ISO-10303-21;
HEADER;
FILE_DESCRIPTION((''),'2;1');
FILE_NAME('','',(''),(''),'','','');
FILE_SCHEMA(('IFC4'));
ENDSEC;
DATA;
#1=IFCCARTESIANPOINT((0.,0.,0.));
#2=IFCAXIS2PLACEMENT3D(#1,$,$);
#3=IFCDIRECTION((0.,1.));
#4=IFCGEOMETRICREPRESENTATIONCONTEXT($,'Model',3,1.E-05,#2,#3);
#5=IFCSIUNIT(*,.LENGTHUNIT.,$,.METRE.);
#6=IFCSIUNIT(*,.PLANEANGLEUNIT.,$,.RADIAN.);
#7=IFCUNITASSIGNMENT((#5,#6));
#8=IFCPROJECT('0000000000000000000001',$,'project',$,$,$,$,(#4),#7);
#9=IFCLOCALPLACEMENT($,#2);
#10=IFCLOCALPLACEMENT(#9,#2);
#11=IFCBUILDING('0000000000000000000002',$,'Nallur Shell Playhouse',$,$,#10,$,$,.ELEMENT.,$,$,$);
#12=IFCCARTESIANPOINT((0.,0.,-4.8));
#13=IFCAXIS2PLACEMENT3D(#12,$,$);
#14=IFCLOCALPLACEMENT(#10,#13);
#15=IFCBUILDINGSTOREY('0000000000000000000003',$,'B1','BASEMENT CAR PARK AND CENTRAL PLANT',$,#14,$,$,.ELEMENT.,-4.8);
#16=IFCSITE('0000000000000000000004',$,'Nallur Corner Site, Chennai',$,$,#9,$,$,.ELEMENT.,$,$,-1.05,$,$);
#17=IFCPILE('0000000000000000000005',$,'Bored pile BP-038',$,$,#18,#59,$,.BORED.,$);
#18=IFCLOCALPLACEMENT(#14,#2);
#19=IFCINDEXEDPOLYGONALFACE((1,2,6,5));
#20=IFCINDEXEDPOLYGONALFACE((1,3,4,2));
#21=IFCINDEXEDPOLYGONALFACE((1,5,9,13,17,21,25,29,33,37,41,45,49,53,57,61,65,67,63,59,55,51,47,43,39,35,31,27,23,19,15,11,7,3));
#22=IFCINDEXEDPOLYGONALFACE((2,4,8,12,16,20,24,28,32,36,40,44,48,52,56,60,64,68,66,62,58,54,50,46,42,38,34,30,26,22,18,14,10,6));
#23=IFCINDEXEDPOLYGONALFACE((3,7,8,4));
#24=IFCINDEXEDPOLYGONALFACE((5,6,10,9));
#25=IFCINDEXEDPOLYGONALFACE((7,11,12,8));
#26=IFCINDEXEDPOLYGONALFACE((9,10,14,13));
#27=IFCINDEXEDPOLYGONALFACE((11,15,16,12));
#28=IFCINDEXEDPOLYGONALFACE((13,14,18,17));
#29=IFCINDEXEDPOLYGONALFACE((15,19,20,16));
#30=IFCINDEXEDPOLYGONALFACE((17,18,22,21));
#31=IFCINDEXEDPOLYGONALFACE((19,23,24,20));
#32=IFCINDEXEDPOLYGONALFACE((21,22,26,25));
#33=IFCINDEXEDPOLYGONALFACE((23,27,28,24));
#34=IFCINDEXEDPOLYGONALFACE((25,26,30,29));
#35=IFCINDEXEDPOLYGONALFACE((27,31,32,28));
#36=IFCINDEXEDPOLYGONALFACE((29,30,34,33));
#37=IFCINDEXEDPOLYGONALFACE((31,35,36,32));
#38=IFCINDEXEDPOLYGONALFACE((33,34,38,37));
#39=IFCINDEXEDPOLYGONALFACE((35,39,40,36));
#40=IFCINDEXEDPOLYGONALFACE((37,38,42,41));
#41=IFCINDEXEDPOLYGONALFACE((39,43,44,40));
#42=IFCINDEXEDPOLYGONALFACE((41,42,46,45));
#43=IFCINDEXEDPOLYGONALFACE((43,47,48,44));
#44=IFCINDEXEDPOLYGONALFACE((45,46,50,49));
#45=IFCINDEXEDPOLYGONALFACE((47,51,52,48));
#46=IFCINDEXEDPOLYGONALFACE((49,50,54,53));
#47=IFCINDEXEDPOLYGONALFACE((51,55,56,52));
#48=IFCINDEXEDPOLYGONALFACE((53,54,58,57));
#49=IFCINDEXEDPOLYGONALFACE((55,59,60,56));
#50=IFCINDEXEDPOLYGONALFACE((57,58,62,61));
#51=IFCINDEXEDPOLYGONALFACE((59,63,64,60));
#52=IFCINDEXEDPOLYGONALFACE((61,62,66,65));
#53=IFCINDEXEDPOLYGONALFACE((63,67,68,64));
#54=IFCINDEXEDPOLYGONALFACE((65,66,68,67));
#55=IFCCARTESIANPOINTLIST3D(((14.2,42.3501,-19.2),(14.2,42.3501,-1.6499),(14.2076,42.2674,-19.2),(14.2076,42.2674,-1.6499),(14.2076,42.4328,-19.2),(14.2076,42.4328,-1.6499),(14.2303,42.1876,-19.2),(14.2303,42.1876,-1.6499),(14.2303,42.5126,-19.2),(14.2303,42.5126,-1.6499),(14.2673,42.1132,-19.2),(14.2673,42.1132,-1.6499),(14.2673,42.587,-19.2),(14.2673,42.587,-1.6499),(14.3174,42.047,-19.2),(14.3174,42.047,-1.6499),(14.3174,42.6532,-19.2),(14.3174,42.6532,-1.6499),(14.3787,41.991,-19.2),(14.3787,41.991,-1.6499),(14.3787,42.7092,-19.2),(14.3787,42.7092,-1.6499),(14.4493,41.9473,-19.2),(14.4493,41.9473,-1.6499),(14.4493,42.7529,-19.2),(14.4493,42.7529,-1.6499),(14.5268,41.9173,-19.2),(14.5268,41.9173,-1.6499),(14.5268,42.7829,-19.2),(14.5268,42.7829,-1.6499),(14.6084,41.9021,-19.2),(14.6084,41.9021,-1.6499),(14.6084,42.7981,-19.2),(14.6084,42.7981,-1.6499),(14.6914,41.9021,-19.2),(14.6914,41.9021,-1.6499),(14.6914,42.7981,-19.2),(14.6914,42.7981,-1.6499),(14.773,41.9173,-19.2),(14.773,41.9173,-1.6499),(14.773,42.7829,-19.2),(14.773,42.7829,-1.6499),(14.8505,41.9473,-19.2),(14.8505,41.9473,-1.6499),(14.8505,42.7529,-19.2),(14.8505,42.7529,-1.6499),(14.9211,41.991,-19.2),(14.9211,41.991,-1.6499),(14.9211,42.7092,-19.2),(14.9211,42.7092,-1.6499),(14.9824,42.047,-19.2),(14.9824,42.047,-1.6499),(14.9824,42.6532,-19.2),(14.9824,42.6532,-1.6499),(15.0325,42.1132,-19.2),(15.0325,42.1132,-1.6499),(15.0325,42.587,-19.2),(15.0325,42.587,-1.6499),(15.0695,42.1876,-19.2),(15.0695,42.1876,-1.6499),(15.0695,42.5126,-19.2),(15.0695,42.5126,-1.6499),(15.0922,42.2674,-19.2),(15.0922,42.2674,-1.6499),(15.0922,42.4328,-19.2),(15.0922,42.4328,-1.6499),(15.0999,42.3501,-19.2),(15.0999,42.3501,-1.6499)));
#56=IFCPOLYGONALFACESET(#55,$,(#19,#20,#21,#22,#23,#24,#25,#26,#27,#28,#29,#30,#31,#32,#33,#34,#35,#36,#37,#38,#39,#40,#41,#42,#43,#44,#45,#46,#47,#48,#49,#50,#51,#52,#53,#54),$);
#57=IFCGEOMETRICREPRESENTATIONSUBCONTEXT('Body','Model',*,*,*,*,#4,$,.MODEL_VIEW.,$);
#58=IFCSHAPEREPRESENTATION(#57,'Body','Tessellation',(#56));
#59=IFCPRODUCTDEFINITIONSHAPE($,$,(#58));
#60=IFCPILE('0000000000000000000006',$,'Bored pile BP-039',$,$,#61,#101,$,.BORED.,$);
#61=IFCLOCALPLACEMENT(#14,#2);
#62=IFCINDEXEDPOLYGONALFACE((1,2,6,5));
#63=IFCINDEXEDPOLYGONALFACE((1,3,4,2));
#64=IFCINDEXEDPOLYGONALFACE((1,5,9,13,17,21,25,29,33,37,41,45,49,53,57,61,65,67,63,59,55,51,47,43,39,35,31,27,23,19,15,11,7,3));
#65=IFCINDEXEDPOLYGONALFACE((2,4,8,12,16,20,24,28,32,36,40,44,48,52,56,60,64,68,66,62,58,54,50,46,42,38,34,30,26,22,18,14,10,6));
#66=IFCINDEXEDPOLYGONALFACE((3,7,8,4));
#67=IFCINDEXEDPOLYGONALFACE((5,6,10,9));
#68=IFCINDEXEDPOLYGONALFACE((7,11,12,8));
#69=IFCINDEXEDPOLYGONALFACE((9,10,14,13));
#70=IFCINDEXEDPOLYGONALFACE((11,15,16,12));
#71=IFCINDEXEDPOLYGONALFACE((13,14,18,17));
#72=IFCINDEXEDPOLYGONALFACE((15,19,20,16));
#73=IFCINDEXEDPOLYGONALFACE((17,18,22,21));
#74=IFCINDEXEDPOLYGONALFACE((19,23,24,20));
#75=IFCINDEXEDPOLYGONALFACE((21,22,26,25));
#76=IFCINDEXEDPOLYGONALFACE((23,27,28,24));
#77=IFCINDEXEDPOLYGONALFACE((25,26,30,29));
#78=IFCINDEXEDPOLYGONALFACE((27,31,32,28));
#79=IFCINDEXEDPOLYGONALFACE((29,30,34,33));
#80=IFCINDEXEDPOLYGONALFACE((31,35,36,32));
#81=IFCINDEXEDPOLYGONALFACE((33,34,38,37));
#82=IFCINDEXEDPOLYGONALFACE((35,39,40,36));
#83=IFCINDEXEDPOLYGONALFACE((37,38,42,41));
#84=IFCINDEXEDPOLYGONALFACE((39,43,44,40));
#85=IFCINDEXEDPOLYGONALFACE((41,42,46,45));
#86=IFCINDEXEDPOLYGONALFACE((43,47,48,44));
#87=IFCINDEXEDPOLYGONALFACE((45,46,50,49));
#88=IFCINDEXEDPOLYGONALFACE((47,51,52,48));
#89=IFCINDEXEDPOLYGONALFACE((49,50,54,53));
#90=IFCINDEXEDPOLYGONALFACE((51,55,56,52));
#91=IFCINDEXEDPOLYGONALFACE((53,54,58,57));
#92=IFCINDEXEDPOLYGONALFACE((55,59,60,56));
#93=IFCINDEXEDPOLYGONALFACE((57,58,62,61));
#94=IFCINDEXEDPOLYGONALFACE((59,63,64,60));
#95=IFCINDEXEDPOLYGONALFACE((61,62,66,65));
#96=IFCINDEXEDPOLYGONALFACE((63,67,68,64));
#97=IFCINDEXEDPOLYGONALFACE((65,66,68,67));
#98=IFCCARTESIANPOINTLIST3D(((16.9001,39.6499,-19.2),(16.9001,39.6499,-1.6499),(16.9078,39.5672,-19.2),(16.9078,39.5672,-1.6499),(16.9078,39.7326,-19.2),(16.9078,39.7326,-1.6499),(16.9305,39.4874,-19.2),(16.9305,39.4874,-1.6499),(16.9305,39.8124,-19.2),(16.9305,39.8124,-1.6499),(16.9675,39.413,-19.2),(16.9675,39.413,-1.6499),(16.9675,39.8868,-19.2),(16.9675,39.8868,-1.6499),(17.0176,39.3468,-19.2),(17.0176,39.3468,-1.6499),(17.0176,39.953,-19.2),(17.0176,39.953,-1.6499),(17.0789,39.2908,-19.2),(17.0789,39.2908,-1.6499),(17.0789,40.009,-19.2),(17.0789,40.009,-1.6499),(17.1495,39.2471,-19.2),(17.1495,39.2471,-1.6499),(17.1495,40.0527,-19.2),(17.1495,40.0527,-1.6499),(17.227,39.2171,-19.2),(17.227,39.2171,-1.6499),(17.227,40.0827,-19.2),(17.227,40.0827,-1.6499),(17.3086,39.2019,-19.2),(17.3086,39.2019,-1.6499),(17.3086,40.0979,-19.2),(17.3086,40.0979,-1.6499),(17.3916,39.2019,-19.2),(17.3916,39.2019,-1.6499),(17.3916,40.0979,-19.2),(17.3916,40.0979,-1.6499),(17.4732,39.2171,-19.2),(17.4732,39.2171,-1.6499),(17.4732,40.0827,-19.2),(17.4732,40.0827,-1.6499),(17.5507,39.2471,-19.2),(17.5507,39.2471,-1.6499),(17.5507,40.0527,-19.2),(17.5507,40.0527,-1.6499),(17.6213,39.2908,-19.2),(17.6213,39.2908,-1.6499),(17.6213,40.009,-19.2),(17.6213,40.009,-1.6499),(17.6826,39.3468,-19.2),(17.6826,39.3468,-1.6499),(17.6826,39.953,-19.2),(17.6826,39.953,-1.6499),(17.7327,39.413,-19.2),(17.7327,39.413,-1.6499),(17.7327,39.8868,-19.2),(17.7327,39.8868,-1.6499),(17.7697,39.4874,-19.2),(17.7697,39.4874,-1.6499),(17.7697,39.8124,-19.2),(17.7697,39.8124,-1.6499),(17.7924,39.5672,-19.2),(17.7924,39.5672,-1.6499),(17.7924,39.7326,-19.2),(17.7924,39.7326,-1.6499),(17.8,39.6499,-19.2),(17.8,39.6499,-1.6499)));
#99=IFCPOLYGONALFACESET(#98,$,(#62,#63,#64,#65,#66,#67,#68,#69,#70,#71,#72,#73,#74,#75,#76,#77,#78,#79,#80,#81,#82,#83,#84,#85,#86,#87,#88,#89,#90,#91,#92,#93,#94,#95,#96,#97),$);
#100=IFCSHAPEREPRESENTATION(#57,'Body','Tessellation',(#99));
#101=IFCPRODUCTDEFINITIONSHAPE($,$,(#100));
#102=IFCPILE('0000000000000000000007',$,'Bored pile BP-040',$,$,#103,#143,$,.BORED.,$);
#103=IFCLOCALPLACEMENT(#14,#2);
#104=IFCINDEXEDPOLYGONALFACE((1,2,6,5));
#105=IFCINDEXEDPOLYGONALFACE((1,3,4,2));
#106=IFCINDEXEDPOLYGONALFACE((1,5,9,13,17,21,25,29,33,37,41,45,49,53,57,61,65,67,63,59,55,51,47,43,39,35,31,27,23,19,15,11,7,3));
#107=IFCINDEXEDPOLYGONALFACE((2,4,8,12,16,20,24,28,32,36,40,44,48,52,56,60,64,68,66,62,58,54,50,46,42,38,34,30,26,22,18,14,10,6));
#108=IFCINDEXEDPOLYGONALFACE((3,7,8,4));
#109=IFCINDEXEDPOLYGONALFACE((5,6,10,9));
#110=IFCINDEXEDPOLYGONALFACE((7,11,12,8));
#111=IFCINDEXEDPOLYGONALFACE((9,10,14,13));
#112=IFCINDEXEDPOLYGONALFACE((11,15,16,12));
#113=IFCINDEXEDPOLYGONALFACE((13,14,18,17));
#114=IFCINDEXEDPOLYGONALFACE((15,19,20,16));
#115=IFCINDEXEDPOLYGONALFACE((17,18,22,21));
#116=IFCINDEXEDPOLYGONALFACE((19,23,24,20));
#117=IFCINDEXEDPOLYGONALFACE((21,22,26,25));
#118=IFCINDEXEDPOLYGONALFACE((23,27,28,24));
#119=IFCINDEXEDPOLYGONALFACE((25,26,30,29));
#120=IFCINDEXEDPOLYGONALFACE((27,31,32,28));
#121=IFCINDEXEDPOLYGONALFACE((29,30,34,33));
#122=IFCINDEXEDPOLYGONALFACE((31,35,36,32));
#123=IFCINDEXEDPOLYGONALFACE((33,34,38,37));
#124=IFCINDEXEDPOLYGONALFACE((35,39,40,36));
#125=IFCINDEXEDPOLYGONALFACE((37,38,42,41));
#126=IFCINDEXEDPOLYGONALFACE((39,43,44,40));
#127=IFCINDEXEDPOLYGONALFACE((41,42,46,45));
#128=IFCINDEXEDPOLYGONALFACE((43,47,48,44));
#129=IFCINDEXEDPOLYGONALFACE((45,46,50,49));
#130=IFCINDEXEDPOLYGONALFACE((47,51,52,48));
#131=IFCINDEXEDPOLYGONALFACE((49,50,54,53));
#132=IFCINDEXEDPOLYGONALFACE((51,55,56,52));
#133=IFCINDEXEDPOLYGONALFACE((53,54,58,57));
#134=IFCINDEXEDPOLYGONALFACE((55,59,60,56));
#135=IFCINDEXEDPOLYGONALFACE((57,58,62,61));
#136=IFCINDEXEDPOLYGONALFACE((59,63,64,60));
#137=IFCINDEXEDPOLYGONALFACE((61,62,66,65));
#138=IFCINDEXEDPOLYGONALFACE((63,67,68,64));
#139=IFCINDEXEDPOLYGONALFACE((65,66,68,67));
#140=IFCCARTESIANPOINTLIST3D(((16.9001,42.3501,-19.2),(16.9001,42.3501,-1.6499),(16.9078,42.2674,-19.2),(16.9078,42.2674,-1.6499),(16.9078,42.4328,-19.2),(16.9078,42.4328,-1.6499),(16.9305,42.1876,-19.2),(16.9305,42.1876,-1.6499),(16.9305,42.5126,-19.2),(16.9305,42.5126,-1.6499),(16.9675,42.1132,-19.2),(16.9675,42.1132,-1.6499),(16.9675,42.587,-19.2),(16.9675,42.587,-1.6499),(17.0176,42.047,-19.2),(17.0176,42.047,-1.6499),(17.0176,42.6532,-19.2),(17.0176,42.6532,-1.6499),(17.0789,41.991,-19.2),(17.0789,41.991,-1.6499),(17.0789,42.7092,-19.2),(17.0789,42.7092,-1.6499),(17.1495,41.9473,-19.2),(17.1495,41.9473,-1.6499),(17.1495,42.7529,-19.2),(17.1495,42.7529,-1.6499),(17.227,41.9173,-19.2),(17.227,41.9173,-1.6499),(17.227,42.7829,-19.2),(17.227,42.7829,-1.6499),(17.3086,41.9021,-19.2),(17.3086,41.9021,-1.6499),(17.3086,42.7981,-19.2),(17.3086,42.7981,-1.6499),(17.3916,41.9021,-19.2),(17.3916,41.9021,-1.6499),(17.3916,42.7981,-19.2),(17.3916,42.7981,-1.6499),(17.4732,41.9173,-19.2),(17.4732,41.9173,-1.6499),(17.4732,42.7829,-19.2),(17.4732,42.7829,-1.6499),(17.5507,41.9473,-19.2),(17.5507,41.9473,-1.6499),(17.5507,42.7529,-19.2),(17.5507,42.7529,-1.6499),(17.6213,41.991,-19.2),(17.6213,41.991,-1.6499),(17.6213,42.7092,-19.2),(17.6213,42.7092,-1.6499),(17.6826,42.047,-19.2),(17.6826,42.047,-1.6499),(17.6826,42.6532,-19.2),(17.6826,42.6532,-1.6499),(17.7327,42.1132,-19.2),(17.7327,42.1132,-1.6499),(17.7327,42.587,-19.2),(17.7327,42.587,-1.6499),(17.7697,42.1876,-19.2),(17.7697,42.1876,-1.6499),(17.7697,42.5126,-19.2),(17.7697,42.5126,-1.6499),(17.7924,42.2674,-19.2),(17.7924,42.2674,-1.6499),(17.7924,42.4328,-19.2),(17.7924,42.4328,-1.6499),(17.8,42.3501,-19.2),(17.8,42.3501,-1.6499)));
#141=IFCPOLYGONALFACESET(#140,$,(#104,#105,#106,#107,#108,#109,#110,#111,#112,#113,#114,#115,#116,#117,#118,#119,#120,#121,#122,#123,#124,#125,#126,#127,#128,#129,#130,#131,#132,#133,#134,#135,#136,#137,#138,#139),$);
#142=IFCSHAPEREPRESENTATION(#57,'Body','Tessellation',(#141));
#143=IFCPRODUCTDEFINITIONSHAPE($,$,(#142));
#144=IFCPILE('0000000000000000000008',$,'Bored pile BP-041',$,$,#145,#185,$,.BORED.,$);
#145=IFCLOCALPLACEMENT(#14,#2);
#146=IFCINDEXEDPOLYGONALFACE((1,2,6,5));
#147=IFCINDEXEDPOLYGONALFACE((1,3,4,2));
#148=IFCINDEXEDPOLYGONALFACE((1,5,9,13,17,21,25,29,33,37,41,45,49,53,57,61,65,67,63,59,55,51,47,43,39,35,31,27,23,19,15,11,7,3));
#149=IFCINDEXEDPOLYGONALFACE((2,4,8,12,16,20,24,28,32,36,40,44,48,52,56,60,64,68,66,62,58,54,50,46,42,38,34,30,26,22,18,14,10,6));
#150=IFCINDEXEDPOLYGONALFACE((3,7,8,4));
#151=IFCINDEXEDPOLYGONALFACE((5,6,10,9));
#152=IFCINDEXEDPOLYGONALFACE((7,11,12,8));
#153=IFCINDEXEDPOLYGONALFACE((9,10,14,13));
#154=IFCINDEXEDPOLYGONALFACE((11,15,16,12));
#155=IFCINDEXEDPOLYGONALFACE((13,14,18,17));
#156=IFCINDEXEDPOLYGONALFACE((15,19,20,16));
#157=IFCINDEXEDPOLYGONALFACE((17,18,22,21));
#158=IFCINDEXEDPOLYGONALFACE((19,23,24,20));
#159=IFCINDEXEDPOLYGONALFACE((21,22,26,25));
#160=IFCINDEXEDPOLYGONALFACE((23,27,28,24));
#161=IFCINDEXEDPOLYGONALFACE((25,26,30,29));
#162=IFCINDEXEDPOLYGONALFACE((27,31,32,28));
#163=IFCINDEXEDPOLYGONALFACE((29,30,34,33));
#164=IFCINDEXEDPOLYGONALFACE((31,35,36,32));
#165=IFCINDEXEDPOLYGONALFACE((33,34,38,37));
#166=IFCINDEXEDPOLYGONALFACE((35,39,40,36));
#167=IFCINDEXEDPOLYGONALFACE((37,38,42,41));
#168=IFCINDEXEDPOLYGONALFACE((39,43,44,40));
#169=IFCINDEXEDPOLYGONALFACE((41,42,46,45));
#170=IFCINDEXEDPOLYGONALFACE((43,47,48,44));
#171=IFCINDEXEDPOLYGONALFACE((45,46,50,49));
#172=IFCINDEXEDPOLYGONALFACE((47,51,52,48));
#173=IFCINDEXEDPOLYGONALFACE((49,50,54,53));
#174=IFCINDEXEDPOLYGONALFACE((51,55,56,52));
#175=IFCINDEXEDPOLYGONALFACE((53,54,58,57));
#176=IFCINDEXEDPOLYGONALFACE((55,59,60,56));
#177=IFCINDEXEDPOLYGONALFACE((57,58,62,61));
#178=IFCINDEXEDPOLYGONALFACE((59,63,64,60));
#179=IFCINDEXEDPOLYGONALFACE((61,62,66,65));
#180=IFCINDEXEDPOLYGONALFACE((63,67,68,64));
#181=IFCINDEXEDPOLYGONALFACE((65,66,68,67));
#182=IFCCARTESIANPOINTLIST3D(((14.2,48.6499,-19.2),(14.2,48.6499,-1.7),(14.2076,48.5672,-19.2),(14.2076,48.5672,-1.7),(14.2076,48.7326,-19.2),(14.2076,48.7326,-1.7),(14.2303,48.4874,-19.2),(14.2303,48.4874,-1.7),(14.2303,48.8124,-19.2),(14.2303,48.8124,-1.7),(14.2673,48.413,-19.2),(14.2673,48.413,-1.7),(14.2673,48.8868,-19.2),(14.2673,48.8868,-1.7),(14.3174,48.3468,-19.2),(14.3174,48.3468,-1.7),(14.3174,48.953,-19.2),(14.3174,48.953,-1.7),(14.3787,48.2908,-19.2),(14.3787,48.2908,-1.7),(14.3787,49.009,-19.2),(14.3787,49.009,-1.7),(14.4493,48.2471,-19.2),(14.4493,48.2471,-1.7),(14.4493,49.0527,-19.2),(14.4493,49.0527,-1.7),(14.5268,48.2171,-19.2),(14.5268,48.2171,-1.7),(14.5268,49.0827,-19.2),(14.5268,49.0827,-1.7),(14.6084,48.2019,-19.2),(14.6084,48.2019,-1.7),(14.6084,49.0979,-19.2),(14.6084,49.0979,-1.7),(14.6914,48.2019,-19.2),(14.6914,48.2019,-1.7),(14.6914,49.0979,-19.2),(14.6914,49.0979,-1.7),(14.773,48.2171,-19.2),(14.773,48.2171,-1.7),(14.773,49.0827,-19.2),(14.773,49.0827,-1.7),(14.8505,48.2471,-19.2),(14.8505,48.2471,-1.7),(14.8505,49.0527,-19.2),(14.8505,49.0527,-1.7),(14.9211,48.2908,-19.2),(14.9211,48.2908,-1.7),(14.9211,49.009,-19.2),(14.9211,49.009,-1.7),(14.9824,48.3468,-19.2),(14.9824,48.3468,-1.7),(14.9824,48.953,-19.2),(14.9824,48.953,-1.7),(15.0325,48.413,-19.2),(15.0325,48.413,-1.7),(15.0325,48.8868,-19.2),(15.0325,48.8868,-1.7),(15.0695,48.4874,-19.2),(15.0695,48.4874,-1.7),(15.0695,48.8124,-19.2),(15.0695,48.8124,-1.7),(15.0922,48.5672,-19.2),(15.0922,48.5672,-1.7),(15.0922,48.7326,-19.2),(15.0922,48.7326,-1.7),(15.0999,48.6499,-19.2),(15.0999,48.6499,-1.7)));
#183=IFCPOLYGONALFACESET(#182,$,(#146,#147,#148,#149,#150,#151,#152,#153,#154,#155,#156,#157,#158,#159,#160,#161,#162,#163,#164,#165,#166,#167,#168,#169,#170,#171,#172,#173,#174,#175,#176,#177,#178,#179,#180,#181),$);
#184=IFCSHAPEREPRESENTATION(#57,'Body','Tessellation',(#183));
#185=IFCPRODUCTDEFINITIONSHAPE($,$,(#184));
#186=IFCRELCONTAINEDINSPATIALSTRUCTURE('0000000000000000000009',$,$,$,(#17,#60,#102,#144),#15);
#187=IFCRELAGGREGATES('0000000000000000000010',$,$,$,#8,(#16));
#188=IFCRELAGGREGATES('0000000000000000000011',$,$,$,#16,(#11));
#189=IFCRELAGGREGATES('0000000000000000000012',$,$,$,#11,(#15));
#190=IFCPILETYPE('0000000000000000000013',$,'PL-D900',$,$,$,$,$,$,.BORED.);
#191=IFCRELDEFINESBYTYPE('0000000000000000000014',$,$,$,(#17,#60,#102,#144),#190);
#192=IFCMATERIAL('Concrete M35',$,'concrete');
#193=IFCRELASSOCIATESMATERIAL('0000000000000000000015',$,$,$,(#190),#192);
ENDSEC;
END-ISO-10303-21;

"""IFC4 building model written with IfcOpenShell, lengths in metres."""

from ifc_helpers import new_model, si_unit, direction, frame, origin, origin_2d, place, context, subcontext, project, spatial, circle, extrude, material, material_profile, profile_set, type_object, element, save


model = new_model("IFC4")

# Units and contexts
model_context = context("Model", 3, precision=1e-05, world=origin(), true_north=direction((0.0, 1.0)))
body_context = subcontext(model_context, "Body", "Model", "MODEL_VIEW")
ifc_project = project(units=[si_unit("LENGTHUNIT", "METRE"), si_unit("PLANEANGLEUNIT", "RADIAN")], contexts=[model_context])

# Site, building, storey
site_placement = place(None, origin())
site = spatial("IfcSite", under=ifc_project, at=site_placement, Name="Nallur Corner Site, Chennai", CompositionType="ELEMENT", RefElevation=-1.05)
building_placement = place(site_placement, origin())
building = spatial("IfcBuilding", under=site, at=building_placement, Name="Nallur Shell Playhouse", CompositionType="ELEMENT")
storey_placement = place(building_placement, frame((0.0, 0.0, -4.8)))
storey = spatial("IfcBuildingStorey", under=building, at=storey_placement, Name="B1", Description="BASEMENT CAR PARK AND CENTRAL PLANT", CompositionType="ELEMENT", Elevation=-4.8)

# Shared definitions
ifc_material_1 = material(Name="Concrete M35", Category="concrete")

# Piles
ifc_material_profile_1 = material_profile(ifc_material_1, circle(Radius=0.45, at=origin_2d()), Name="BORED PILE D900")
ifc_profile_set_1 = profile_set([ifc_material_profile_1], Name="Concrete M35")
pile_type_1 = type_object("IfcPileType", Name="PL-D900", PredefinedType="BORED", material=ifc_profile_set_1)
for number, where, z_axis, x_axis, name in (
    (1, (14.6499, 42.3501, -1.6499), (0.0, 0.0, -1.0), (1.0, 0.0, 0.0), "Bored pile BP-038"),
    (2, (17.3501, 39.6499, -1.6499), (0.0, 0.0, -1.0), (1.0, 0.0, 0.0), "Bored pile BP-039"),
    (3, (17.3501, 42.3501, -1.6499), (0.0, 0.0, -1.0), (1.0, 0.0, 0.0), "Bored pile BP-040"),
):
    element("IfcPile", number, at=place(storey_placement, frame(where, z_axis=z_axis, x_axis=x_axis)), inside=storey, type_object=pile_type_1, Name=name, PredefinedType="BORED", context=body_context, shape_type="SweptSolid", body=[
        extrude(circle(Radius=0.45, at=origin_2d()), origin(), (0.0, 0.0, 1.0), 17.55),
    ])
for number, where, z_axis, x_axis, name in (
    (4, (14.6499, 48.6499, -1.7), (0.0, 0.0, -1.0), (1.0, 0.0, 0.0), "Bored pile BP-041"),
):
    element("IfcPile", number, at=place(storey_placement, frame(where, z_axis=z_axis, x_axis=x_axis)), inside=storey, type_object=pile_type_1, Name=name, PredefinedType="BORED", context=body_context, shape_type="SweptSolid", body=[
        extrude(circle(Radius=0.45, at=origin_2d()), origin(), (0.0, 0.0, 1.0), 17.5),
    ])

save(model, "model.ifc")
